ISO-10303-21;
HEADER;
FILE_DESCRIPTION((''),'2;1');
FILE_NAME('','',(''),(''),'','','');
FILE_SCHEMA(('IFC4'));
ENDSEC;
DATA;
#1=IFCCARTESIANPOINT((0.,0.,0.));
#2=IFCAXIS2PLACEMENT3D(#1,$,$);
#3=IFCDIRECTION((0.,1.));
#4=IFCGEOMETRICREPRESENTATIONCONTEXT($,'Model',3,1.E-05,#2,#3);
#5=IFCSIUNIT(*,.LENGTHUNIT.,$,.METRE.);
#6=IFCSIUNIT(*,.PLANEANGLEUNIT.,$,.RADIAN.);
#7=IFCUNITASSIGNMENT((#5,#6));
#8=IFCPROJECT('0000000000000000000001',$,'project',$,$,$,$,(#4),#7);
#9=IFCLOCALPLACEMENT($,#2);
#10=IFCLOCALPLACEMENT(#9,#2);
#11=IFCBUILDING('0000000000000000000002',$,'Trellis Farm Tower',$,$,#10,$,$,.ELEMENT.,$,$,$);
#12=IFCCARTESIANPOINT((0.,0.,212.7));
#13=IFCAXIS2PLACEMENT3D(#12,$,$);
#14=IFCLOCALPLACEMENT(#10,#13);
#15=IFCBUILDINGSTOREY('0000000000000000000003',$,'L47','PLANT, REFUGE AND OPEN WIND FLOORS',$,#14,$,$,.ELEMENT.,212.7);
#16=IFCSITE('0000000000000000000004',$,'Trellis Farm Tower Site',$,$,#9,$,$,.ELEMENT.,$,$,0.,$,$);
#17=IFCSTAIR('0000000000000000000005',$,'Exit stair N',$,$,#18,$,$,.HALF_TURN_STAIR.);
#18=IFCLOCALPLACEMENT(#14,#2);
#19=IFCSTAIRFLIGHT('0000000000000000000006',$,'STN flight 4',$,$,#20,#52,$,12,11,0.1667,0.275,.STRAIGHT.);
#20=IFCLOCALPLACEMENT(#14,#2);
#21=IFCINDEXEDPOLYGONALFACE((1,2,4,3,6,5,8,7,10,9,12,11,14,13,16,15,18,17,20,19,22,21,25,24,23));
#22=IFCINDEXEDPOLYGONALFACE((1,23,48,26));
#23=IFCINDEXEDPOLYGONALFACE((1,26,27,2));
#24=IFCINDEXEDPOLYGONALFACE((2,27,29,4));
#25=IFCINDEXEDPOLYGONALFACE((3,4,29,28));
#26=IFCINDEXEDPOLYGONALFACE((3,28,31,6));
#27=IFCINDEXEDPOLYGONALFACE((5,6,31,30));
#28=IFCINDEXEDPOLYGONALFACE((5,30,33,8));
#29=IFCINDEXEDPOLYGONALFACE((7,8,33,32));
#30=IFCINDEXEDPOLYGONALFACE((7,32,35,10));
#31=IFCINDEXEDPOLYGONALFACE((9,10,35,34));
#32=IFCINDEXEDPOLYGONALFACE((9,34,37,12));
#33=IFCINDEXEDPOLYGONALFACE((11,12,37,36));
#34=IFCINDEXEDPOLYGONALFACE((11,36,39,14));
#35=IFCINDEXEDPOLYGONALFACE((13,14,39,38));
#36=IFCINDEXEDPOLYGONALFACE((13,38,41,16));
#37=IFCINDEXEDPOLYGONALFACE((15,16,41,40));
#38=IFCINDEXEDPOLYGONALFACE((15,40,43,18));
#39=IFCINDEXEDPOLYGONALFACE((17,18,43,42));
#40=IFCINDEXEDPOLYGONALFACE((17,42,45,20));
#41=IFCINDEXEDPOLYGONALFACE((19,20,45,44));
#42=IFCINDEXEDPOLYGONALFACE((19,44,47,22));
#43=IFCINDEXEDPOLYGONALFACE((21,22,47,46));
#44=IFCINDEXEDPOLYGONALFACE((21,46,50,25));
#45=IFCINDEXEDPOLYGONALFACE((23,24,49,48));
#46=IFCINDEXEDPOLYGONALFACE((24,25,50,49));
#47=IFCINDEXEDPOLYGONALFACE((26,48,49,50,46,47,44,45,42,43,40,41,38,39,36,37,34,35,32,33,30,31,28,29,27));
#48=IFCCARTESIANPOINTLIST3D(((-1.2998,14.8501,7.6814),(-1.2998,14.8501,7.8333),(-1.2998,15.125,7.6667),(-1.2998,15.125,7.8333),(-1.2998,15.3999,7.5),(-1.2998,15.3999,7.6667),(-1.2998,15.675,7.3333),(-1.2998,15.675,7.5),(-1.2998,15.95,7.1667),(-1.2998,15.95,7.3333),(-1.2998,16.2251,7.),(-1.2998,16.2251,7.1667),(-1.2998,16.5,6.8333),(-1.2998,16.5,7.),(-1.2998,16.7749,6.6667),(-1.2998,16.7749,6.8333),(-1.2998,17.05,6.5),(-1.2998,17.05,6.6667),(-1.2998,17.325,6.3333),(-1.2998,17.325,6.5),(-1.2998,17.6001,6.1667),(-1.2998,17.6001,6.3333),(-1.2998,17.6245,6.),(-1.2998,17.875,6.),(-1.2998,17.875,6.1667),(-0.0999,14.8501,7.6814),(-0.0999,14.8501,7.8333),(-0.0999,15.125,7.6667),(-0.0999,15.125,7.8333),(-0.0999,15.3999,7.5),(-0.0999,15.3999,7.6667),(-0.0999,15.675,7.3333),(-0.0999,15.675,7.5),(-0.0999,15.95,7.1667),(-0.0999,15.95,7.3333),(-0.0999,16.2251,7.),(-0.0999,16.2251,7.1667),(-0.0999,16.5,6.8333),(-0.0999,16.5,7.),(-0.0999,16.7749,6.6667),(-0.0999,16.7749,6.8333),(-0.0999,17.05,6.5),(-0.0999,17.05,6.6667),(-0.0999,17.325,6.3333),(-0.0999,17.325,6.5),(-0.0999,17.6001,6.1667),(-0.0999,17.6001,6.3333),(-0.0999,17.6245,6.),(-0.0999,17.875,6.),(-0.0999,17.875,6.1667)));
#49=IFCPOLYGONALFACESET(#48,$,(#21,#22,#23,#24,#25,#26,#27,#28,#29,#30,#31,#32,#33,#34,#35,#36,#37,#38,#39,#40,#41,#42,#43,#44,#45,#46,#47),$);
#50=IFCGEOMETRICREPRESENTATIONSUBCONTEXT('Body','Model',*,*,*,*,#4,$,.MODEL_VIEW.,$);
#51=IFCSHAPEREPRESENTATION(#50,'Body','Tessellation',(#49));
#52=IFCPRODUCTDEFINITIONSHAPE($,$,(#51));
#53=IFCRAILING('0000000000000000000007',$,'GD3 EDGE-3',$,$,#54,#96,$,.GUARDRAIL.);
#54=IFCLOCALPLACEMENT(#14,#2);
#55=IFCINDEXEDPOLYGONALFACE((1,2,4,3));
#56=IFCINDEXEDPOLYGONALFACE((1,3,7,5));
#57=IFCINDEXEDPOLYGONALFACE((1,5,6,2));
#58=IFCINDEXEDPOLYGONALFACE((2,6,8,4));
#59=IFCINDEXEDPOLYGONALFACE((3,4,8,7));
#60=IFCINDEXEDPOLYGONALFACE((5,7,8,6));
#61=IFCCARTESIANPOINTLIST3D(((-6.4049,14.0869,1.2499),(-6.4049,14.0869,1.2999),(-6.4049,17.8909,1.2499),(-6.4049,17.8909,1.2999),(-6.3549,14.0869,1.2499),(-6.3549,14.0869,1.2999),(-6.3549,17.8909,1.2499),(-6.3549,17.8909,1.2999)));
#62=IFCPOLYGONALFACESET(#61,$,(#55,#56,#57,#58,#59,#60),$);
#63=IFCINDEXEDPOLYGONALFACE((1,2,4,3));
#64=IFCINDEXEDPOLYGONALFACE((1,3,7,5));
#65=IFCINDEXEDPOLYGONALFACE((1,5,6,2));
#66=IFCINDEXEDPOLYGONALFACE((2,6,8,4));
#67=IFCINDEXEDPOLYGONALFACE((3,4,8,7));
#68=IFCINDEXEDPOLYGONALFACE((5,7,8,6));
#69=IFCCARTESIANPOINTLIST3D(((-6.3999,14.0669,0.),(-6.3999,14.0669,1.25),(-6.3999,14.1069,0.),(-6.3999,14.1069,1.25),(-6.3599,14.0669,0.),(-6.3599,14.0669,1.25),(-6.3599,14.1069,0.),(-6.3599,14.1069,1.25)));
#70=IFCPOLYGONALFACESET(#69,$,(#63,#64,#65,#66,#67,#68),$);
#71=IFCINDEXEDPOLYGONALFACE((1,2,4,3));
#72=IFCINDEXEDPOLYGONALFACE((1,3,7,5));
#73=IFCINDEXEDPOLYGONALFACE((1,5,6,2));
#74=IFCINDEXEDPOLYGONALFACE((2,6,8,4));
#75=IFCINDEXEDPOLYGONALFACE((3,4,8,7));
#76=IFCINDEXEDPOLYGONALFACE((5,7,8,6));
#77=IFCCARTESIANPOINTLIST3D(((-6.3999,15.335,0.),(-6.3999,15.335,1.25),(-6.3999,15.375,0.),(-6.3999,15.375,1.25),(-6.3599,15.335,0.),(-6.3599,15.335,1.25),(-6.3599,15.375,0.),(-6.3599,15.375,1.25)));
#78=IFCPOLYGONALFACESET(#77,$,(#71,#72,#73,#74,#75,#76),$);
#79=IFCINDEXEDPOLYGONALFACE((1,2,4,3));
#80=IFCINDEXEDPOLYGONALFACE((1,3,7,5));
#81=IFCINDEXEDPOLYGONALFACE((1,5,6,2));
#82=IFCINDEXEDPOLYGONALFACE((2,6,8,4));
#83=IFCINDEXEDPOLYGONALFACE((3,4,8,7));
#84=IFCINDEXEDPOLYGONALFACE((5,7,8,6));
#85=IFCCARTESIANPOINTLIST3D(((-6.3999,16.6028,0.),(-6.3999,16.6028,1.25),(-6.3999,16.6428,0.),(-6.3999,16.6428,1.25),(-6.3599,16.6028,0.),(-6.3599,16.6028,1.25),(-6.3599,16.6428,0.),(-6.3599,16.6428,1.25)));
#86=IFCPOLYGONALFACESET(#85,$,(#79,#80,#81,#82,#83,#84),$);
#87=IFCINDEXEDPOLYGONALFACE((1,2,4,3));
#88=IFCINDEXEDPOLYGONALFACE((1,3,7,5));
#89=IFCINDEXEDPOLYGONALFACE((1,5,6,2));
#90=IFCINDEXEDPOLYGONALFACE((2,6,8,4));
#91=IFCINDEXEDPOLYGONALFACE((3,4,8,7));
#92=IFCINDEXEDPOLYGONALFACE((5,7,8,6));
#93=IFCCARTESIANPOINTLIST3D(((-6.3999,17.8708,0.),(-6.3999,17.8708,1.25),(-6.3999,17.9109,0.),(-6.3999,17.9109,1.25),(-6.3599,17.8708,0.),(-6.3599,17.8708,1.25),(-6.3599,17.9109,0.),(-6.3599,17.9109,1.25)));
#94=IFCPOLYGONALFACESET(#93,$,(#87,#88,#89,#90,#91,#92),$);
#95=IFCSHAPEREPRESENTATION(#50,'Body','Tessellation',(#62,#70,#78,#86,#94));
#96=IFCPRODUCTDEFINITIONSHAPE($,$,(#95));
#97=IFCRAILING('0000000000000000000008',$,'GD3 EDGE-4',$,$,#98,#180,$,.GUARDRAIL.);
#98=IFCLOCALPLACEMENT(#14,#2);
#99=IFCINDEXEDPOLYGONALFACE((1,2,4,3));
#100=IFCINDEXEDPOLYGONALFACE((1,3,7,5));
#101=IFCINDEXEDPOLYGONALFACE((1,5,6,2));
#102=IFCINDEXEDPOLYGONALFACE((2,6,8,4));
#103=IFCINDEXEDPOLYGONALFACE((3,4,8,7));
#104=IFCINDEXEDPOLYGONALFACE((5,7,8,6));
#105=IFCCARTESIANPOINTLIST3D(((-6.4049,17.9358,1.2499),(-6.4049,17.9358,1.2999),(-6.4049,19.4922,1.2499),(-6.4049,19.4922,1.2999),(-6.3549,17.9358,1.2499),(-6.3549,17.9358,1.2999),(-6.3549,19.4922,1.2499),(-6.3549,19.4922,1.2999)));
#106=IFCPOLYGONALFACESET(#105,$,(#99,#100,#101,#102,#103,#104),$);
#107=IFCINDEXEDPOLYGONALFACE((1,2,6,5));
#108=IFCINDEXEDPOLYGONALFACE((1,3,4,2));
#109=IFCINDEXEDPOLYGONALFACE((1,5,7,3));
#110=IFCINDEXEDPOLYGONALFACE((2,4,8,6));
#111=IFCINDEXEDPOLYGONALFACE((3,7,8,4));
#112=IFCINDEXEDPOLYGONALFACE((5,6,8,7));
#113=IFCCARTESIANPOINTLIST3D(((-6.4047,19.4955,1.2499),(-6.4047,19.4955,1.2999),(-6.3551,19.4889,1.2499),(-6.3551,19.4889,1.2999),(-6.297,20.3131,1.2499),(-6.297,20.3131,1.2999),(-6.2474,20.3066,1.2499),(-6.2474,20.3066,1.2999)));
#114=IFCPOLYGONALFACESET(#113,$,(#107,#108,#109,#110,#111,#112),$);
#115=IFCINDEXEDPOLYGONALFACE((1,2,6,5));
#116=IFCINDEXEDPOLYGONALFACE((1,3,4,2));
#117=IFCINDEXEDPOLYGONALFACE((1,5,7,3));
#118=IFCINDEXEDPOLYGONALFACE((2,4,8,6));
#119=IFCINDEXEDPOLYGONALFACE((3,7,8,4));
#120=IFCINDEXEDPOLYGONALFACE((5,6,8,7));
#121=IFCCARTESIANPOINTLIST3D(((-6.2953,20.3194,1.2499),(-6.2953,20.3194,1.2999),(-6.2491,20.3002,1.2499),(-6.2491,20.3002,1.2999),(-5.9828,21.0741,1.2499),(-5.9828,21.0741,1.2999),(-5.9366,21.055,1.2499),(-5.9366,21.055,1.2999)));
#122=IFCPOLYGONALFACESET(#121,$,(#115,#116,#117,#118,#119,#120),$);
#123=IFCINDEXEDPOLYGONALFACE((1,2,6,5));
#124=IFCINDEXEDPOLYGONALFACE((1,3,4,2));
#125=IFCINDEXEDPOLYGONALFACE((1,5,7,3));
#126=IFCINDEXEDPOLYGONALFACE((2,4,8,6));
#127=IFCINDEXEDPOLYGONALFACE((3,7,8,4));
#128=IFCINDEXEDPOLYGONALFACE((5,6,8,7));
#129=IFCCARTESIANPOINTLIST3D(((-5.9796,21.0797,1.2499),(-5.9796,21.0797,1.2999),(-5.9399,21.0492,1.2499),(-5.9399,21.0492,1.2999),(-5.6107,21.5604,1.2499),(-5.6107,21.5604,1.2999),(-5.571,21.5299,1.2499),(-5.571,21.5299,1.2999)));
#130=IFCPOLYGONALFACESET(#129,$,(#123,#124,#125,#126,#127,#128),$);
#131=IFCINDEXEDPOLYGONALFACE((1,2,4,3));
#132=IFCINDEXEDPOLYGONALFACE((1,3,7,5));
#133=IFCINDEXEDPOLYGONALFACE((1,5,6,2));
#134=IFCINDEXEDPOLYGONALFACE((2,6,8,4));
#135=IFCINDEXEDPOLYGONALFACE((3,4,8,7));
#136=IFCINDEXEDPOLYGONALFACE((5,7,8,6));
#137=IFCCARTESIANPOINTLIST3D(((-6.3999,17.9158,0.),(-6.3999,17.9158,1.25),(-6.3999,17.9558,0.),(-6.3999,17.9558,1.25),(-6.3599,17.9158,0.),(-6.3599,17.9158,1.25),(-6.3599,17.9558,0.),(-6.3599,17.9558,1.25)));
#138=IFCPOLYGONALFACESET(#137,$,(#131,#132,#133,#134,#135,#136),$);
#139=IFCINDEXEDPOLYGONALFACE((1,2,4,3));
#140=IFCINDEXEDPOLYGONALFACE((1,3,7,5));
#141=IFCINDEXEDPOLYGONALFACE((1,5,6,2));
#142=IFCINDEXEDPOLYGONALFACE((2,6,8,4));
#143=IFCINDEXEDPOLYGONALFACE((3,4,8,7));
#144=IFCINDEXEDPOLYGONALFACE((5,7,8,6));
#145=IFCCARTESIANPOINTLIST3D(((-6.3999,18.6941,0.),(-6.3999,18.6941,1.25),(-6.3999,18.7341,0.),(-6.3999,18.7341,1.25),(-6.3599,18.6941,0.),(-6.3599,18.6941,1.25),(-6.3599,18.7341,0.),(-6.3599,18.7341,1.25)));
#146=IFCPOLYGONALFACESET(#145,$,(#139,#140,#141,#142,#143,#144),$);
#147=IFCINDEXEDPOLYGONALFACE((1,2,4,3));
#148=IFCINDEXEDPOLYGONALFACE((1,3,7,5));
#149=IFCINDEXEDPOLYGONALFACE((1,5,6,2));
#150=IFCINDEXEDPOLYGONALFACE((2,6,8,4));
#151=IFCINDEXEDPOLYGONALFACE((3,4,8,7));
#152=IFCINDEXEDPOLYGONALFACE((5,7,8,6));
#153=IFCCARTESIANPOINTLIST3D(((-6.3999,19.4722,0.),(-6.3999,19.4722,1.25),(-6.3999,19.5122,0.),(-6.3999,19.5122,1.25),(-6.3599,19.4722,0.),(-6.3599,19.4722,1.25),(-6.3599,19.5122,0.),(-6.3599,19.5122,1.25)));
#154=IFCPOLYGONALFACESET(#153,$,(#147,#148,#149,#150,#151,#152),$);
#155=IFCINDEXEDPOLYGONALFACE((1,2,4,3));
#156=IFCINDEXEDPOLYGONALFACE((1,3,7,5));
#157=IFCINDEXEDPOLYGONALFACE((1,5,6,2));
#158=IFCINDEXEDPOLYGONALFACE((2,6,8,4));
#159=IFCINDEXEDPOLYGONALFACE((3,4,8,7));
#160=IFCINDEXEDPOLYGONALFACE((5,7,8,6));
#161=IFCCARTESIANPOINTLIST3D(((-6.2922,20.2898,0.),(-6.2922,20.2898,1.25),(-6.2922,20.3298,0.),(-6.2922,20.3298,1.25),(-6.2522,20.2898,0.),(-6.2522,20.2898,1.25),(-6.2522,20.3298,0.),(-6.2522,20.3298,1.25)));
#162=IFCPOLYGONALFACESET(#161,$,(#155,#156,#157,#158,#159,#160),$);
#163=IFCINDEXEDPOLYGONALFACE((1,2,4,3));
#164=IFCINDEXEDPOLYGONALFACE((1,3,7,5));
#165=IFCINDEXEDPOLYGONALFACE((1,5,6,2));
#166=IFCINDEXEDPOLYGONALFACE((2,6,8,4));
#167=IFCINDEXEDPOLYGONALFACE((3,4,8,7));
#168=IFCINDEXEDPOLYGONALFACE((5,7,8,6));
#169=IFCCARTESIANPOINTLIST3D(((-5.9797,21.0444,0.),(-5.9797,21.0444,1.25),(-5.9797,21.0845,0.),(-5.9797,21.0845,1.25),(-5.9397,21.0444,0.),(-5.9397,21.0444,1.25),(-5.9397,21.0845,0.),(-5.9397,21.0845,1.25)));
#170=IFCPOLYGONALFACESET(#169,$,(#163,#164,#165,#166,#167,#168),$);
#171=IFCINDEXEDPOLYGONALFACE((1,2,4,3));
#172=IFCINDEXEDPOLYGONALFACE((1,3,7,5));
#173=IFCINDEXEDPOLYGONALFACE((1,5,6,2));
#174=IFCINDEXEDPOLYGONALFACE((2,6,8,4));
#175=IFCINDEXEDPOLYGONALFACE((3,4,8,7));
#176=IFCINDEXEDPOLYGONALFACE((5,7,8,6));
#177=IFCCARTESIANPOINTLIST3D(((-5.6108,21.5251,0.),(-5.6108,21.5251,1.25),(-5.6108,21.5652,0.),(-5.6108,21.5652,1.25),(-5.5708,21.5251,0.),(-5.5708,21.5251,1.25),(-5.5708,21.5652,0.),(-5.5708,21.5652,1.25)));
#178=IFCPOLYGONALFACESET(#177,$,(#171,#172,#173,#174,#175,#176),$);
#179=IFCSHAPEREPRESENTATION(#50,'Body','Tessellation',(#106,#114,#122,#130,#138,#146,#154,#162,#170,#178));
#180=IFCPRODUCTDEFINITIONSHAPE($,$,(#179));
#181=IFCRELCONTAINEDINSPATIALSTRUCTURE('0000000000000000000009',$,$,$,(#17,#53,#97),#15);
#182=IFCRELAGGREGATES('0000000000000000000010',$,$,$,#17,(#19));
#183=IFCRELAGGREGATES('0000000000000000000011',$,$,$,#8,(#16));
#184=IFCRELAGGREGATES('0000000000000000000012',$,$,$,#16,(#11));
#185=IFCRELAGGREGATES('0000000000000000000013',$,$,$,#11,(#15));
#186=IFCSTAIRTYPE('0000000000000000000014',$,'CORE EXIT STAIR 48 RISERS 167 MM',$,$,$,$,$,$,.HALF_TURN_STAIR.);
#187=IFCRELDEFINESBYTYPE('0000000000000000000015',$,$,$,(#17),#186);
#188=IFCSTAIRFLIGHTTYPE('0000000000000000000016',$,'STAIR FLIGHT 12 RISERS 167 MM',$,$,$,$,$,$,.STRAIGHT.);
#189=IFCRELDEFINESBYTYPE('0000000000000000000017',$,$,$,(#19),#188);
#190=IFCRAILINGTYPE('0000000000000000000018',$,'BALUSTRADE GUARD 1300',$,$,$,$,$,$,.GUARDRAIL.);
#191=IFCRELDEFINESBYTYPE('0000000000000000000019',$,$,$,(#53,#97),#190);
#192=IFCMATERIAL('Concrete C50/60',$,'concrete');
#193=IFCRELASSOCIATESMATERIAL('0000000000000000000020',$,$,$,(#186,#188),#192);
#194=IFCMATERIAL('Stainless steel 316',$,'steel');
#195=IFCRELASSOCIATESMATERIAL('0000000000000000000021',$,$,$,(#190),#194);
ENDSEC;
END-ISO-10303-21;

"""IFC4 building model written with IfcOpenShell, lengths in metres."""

from ifc_helpers import new_model, si_unit, direction, frame, origin, origin_2d, place, context, subcontext, project, spatial, polyline, rectangle, outline, extrude, source, transform, mapped, material, type_object, element, aggregate, save


model = new_model("IFC4")

# Units and contexts
model_context = context("Model", 3, precision=1e-05, world=origin(), true_north=direction((0.0, 1.0)))
body_context = subcontext(model_context, "Body", "Model", "MODEL_VIEW")
ifc_project = project(units=[si_unit("LENGTHUNIT", "METRE"), si_unit("PLANEANGLEUNIT", "RADIAN")], contexts=[model_context])

# Site, building, storey
site_placement = place(None, origin())
site = spatial("IfcSite", under=ifc_project, at=site_placement, Name="Trellis Farm Tower Site", CompositionType="ELEMENT", RefElevation=0.0)
building_placement = place(site_placement, origin())
building = spatial("IfcBuilding", under=site, at=building_placement, Name="Trellis Farm Tower", CompositionType="ELEMENT")
storey_placement = place(building_placement, frame((0.0, 0.0, 212.7)))
storey = spatial("IfcBuildingStorey", under=building, at=storey_placement, Name="L47", Description="PLANT, REFUGE AND OPEN WIND FLOORS", CompositionType="ELEMENT", Elevation=212.7)

# Stair, stair flight
ifc_material_1 = material(Name="Concrete C50/60", Category="concrete")
stair_type = type_object("IfcStairType", Name="CORE EXIT STAIR 48 RISERS 167 MM", PredefinedType="HALF_TURN_STAIR", material=ifc_material_1)
stair_placement = place(storey_placement, origin())
stair = element("IfcStair", 1, at=stair_placement, inside=storey, type_object=stair_type, Name="Exit stair N", PredefinedType="HALF_TURN_STAIR")
stair_flight_type = type_object("IfcStairFlightType", Name="STAIR FLIGHT 12 RISERS 167 MM", PredefinedType="STRAIGHT", material=ifc_material_1)
shared_shape_1 = source(origin(), body_context, "Body", "SweptSolid", [
    extrude(outline(polyline([(0.0, 0.0), (0.0, 0.1667), (0.2749, 0.1667), (0.2749, 0.3333), (0.55, 0.3333), (0.55, 0.5), (0.825, 0.5), (0.825, 0.6667), (1.1001, 0.6667), (1.1001, 0.8333), (1.375, 0.8333), (1.375, 1.0), (1.6499, 1.0), (1.6499, 1.1667), (1.925, 1.1667), (1.925, 1.3333), (2.2, 1.3333), (2.2, 1.5), (2.4751, 1.5), (2.4751, 1.6667), (2.75, 1.6667), (2.75, 1.8333), (3.0249, 1.8333), (3.0249, 2.0), (3.0249, 1.6814), (0.2505, 0.0), (0.0, 0.0)])), frame((0.0, 0.6001, 0.0), z_axis=(0.0, -1.0, 0.0), x_axis=(1.0, 0.0, 0.0)), (0.0, 0.0, 1.0), 1.2),
])
stair_flight_1_placement = place(storey_placement, frame((-0.7, 17.875, 6.0), z_axis=(0.0, 0.0, 1.0), x_axis=(0.0, -1.0, 0.0)))
stair_flight_1 = element("IfcStairFlight", 2, at=stair_flight_1_placement, type_object=stair_flight_type, Name="STN flight 4", NumberOfRisers=12, NumberOfTreads=11, PredefinedType="STRAIGHT", RiserHeight=0.1667, TreadLength=0.275, context=body_context, shape_type="MappedRepresentation", body=[
    mapped(shared_shape_1, transform((0.0, 0.0, 0.0))),
])
aggregate(stair, [stair_flight_1])

# Railings
ifc_material_2 = material(Name="Stainless steel 316", Category="steel")
railing_type_1 = type_object("IfcRailingType", Name="BALUSTRADE GUARD 1300", PredefinedType="GUARDRAIL", material=ifc_material_2)
railing_1_placement = place(storey_placement, frame((-6.3799, 14.0869, 0.0)))
element("IfcRailing", 3, at=railing_1_placement, inside=storey, type_object=railing_type_1, Name="GD3 EDGE-3", PredefinedType="GUARDRAIL", context=body_context, shape_type="SweptSolid", body=[
    extrude(rectangle(XDim=0.05, YDim=0.05, at=origin_2d()), frame((0.0, 0.0, 1.2749), z_axis=(0.0, 1.0, 0.0), x_axis=(-1.0, 0.0, 0.0)), (0.0, 0.0, 1.0), 3.804),
    extrude(rectangle(XDim=0.04, YDim=0.04, at=origin_2d()), origin(), (0.0, 0.0, 1.0), 1.25),
    extrude(rectangle(XDim=0.04, YDim=0.04, at=origin_2d()), frame((0.0, 1.2681, 0.0)), (0.0, 0.0, 1.0), 1.25),
    extrude(rectangle(XDim=0.04, YDim=0.04, at=origin_2d()), frame((0.0, 2.5359, 0.0)), (0.0, 0.0, 1.0), 1.25),
    extrude(rectangle(XDim=0.04, YDim=0.04, at=origin_2d()), frame((0.0, 3.804, 0.0)), (0.0, 0.0, 1.0), 1.25),
])
railing_2_placement = place(storey_placement, frame((-6.3799, 17.9358, 0.0)))
element("IfcRailing", 4, at=railing_2_placement, inside=storey, type_object=railing_type_1, Name="GD3 EDGE-4", PredefinedType="GUARDRAIL", context=body_context, shape_type="SweptSolid", body=[
    extrude(rectangle(XDim=0.05, YDim=0.05, at=origin_2d()), frame((0.0, 0.0, 1.2749), z_axis=(0.0, 1.0, 0.0), x_axis=(-1.0, 0.0, 0.0)), (0.0, 0.0, 1.0), 1.5564),
    extrude(rectangle(XDim=0.05, YDim=0.05, at=origin_2d()), frame((0.0, 1.5564, 1.2749), z_axis=(0.130554, 0.991441, 0.0), x_axis=(-0.991441, 0.130554, 0.0)), (0.0, 0.0, 1.0), 0.8247),
    extrude(rectangle(XDim=0.05, YDim=0.05, at=origin_2d()), frame((0.1077, 2.374, 1.2749), z_axis=(0.382598, 0.923915, 0.0), x_axis=(-0.923915, 0.382598, 0.0)), (0.0, 0.0, 1.0), 0.8169),
    extrude(rectangle(XDim=0.05, YDim=0.05, at=origin_2d()), frame((0.4202, 3.1287, 1.2749), z_axis=(0.608795, 0.793327, 0.0), x_axis=(-0.793327, 0.608795, 0.0)), (0.0, 0.0, 1.0), 0.606),
    extrude(rectangle(XDim=0.04, YDim=0.04, at=origin_2d()), origin(), (0.0, 0.0, 1.0), 1.25),
    extrude(rectangle(XDim=0.04, YDim=0.04, at=origin_2d()), frame((0.0, 0.7783, 0.0)), (0.0, 0.0, 1.0), 1.25),
    extrude(rectangle(XDim=0.04, YDim=0.04, at=origin_2d()), frame((0.0, 1.5564, 0.0)), (0.0, 0.0, 1.0), 1.25),
    extrude(rectangle(XDim=0.04, YDim=0.04, at=origin_2d()), frame((0.1077, 2.374, 0.0)), (0.0, 0.0, 1.0), 1.25),
    extrude(rectangle(XDim=0.04, YDim=0.04, at=origin_2d()), frame((0.4202, 3.1287, 0.0)), (0.0, 0.0, 1.0), 1.25),
    extrude(rectangle(XDim=0.04, YDim=0.04, at=origin_2d()), frame((0.7891, 3.6094, 0.0)), (0.0, 0.0, 1.0), 1.25),
])

save(model, "model.ifc")
